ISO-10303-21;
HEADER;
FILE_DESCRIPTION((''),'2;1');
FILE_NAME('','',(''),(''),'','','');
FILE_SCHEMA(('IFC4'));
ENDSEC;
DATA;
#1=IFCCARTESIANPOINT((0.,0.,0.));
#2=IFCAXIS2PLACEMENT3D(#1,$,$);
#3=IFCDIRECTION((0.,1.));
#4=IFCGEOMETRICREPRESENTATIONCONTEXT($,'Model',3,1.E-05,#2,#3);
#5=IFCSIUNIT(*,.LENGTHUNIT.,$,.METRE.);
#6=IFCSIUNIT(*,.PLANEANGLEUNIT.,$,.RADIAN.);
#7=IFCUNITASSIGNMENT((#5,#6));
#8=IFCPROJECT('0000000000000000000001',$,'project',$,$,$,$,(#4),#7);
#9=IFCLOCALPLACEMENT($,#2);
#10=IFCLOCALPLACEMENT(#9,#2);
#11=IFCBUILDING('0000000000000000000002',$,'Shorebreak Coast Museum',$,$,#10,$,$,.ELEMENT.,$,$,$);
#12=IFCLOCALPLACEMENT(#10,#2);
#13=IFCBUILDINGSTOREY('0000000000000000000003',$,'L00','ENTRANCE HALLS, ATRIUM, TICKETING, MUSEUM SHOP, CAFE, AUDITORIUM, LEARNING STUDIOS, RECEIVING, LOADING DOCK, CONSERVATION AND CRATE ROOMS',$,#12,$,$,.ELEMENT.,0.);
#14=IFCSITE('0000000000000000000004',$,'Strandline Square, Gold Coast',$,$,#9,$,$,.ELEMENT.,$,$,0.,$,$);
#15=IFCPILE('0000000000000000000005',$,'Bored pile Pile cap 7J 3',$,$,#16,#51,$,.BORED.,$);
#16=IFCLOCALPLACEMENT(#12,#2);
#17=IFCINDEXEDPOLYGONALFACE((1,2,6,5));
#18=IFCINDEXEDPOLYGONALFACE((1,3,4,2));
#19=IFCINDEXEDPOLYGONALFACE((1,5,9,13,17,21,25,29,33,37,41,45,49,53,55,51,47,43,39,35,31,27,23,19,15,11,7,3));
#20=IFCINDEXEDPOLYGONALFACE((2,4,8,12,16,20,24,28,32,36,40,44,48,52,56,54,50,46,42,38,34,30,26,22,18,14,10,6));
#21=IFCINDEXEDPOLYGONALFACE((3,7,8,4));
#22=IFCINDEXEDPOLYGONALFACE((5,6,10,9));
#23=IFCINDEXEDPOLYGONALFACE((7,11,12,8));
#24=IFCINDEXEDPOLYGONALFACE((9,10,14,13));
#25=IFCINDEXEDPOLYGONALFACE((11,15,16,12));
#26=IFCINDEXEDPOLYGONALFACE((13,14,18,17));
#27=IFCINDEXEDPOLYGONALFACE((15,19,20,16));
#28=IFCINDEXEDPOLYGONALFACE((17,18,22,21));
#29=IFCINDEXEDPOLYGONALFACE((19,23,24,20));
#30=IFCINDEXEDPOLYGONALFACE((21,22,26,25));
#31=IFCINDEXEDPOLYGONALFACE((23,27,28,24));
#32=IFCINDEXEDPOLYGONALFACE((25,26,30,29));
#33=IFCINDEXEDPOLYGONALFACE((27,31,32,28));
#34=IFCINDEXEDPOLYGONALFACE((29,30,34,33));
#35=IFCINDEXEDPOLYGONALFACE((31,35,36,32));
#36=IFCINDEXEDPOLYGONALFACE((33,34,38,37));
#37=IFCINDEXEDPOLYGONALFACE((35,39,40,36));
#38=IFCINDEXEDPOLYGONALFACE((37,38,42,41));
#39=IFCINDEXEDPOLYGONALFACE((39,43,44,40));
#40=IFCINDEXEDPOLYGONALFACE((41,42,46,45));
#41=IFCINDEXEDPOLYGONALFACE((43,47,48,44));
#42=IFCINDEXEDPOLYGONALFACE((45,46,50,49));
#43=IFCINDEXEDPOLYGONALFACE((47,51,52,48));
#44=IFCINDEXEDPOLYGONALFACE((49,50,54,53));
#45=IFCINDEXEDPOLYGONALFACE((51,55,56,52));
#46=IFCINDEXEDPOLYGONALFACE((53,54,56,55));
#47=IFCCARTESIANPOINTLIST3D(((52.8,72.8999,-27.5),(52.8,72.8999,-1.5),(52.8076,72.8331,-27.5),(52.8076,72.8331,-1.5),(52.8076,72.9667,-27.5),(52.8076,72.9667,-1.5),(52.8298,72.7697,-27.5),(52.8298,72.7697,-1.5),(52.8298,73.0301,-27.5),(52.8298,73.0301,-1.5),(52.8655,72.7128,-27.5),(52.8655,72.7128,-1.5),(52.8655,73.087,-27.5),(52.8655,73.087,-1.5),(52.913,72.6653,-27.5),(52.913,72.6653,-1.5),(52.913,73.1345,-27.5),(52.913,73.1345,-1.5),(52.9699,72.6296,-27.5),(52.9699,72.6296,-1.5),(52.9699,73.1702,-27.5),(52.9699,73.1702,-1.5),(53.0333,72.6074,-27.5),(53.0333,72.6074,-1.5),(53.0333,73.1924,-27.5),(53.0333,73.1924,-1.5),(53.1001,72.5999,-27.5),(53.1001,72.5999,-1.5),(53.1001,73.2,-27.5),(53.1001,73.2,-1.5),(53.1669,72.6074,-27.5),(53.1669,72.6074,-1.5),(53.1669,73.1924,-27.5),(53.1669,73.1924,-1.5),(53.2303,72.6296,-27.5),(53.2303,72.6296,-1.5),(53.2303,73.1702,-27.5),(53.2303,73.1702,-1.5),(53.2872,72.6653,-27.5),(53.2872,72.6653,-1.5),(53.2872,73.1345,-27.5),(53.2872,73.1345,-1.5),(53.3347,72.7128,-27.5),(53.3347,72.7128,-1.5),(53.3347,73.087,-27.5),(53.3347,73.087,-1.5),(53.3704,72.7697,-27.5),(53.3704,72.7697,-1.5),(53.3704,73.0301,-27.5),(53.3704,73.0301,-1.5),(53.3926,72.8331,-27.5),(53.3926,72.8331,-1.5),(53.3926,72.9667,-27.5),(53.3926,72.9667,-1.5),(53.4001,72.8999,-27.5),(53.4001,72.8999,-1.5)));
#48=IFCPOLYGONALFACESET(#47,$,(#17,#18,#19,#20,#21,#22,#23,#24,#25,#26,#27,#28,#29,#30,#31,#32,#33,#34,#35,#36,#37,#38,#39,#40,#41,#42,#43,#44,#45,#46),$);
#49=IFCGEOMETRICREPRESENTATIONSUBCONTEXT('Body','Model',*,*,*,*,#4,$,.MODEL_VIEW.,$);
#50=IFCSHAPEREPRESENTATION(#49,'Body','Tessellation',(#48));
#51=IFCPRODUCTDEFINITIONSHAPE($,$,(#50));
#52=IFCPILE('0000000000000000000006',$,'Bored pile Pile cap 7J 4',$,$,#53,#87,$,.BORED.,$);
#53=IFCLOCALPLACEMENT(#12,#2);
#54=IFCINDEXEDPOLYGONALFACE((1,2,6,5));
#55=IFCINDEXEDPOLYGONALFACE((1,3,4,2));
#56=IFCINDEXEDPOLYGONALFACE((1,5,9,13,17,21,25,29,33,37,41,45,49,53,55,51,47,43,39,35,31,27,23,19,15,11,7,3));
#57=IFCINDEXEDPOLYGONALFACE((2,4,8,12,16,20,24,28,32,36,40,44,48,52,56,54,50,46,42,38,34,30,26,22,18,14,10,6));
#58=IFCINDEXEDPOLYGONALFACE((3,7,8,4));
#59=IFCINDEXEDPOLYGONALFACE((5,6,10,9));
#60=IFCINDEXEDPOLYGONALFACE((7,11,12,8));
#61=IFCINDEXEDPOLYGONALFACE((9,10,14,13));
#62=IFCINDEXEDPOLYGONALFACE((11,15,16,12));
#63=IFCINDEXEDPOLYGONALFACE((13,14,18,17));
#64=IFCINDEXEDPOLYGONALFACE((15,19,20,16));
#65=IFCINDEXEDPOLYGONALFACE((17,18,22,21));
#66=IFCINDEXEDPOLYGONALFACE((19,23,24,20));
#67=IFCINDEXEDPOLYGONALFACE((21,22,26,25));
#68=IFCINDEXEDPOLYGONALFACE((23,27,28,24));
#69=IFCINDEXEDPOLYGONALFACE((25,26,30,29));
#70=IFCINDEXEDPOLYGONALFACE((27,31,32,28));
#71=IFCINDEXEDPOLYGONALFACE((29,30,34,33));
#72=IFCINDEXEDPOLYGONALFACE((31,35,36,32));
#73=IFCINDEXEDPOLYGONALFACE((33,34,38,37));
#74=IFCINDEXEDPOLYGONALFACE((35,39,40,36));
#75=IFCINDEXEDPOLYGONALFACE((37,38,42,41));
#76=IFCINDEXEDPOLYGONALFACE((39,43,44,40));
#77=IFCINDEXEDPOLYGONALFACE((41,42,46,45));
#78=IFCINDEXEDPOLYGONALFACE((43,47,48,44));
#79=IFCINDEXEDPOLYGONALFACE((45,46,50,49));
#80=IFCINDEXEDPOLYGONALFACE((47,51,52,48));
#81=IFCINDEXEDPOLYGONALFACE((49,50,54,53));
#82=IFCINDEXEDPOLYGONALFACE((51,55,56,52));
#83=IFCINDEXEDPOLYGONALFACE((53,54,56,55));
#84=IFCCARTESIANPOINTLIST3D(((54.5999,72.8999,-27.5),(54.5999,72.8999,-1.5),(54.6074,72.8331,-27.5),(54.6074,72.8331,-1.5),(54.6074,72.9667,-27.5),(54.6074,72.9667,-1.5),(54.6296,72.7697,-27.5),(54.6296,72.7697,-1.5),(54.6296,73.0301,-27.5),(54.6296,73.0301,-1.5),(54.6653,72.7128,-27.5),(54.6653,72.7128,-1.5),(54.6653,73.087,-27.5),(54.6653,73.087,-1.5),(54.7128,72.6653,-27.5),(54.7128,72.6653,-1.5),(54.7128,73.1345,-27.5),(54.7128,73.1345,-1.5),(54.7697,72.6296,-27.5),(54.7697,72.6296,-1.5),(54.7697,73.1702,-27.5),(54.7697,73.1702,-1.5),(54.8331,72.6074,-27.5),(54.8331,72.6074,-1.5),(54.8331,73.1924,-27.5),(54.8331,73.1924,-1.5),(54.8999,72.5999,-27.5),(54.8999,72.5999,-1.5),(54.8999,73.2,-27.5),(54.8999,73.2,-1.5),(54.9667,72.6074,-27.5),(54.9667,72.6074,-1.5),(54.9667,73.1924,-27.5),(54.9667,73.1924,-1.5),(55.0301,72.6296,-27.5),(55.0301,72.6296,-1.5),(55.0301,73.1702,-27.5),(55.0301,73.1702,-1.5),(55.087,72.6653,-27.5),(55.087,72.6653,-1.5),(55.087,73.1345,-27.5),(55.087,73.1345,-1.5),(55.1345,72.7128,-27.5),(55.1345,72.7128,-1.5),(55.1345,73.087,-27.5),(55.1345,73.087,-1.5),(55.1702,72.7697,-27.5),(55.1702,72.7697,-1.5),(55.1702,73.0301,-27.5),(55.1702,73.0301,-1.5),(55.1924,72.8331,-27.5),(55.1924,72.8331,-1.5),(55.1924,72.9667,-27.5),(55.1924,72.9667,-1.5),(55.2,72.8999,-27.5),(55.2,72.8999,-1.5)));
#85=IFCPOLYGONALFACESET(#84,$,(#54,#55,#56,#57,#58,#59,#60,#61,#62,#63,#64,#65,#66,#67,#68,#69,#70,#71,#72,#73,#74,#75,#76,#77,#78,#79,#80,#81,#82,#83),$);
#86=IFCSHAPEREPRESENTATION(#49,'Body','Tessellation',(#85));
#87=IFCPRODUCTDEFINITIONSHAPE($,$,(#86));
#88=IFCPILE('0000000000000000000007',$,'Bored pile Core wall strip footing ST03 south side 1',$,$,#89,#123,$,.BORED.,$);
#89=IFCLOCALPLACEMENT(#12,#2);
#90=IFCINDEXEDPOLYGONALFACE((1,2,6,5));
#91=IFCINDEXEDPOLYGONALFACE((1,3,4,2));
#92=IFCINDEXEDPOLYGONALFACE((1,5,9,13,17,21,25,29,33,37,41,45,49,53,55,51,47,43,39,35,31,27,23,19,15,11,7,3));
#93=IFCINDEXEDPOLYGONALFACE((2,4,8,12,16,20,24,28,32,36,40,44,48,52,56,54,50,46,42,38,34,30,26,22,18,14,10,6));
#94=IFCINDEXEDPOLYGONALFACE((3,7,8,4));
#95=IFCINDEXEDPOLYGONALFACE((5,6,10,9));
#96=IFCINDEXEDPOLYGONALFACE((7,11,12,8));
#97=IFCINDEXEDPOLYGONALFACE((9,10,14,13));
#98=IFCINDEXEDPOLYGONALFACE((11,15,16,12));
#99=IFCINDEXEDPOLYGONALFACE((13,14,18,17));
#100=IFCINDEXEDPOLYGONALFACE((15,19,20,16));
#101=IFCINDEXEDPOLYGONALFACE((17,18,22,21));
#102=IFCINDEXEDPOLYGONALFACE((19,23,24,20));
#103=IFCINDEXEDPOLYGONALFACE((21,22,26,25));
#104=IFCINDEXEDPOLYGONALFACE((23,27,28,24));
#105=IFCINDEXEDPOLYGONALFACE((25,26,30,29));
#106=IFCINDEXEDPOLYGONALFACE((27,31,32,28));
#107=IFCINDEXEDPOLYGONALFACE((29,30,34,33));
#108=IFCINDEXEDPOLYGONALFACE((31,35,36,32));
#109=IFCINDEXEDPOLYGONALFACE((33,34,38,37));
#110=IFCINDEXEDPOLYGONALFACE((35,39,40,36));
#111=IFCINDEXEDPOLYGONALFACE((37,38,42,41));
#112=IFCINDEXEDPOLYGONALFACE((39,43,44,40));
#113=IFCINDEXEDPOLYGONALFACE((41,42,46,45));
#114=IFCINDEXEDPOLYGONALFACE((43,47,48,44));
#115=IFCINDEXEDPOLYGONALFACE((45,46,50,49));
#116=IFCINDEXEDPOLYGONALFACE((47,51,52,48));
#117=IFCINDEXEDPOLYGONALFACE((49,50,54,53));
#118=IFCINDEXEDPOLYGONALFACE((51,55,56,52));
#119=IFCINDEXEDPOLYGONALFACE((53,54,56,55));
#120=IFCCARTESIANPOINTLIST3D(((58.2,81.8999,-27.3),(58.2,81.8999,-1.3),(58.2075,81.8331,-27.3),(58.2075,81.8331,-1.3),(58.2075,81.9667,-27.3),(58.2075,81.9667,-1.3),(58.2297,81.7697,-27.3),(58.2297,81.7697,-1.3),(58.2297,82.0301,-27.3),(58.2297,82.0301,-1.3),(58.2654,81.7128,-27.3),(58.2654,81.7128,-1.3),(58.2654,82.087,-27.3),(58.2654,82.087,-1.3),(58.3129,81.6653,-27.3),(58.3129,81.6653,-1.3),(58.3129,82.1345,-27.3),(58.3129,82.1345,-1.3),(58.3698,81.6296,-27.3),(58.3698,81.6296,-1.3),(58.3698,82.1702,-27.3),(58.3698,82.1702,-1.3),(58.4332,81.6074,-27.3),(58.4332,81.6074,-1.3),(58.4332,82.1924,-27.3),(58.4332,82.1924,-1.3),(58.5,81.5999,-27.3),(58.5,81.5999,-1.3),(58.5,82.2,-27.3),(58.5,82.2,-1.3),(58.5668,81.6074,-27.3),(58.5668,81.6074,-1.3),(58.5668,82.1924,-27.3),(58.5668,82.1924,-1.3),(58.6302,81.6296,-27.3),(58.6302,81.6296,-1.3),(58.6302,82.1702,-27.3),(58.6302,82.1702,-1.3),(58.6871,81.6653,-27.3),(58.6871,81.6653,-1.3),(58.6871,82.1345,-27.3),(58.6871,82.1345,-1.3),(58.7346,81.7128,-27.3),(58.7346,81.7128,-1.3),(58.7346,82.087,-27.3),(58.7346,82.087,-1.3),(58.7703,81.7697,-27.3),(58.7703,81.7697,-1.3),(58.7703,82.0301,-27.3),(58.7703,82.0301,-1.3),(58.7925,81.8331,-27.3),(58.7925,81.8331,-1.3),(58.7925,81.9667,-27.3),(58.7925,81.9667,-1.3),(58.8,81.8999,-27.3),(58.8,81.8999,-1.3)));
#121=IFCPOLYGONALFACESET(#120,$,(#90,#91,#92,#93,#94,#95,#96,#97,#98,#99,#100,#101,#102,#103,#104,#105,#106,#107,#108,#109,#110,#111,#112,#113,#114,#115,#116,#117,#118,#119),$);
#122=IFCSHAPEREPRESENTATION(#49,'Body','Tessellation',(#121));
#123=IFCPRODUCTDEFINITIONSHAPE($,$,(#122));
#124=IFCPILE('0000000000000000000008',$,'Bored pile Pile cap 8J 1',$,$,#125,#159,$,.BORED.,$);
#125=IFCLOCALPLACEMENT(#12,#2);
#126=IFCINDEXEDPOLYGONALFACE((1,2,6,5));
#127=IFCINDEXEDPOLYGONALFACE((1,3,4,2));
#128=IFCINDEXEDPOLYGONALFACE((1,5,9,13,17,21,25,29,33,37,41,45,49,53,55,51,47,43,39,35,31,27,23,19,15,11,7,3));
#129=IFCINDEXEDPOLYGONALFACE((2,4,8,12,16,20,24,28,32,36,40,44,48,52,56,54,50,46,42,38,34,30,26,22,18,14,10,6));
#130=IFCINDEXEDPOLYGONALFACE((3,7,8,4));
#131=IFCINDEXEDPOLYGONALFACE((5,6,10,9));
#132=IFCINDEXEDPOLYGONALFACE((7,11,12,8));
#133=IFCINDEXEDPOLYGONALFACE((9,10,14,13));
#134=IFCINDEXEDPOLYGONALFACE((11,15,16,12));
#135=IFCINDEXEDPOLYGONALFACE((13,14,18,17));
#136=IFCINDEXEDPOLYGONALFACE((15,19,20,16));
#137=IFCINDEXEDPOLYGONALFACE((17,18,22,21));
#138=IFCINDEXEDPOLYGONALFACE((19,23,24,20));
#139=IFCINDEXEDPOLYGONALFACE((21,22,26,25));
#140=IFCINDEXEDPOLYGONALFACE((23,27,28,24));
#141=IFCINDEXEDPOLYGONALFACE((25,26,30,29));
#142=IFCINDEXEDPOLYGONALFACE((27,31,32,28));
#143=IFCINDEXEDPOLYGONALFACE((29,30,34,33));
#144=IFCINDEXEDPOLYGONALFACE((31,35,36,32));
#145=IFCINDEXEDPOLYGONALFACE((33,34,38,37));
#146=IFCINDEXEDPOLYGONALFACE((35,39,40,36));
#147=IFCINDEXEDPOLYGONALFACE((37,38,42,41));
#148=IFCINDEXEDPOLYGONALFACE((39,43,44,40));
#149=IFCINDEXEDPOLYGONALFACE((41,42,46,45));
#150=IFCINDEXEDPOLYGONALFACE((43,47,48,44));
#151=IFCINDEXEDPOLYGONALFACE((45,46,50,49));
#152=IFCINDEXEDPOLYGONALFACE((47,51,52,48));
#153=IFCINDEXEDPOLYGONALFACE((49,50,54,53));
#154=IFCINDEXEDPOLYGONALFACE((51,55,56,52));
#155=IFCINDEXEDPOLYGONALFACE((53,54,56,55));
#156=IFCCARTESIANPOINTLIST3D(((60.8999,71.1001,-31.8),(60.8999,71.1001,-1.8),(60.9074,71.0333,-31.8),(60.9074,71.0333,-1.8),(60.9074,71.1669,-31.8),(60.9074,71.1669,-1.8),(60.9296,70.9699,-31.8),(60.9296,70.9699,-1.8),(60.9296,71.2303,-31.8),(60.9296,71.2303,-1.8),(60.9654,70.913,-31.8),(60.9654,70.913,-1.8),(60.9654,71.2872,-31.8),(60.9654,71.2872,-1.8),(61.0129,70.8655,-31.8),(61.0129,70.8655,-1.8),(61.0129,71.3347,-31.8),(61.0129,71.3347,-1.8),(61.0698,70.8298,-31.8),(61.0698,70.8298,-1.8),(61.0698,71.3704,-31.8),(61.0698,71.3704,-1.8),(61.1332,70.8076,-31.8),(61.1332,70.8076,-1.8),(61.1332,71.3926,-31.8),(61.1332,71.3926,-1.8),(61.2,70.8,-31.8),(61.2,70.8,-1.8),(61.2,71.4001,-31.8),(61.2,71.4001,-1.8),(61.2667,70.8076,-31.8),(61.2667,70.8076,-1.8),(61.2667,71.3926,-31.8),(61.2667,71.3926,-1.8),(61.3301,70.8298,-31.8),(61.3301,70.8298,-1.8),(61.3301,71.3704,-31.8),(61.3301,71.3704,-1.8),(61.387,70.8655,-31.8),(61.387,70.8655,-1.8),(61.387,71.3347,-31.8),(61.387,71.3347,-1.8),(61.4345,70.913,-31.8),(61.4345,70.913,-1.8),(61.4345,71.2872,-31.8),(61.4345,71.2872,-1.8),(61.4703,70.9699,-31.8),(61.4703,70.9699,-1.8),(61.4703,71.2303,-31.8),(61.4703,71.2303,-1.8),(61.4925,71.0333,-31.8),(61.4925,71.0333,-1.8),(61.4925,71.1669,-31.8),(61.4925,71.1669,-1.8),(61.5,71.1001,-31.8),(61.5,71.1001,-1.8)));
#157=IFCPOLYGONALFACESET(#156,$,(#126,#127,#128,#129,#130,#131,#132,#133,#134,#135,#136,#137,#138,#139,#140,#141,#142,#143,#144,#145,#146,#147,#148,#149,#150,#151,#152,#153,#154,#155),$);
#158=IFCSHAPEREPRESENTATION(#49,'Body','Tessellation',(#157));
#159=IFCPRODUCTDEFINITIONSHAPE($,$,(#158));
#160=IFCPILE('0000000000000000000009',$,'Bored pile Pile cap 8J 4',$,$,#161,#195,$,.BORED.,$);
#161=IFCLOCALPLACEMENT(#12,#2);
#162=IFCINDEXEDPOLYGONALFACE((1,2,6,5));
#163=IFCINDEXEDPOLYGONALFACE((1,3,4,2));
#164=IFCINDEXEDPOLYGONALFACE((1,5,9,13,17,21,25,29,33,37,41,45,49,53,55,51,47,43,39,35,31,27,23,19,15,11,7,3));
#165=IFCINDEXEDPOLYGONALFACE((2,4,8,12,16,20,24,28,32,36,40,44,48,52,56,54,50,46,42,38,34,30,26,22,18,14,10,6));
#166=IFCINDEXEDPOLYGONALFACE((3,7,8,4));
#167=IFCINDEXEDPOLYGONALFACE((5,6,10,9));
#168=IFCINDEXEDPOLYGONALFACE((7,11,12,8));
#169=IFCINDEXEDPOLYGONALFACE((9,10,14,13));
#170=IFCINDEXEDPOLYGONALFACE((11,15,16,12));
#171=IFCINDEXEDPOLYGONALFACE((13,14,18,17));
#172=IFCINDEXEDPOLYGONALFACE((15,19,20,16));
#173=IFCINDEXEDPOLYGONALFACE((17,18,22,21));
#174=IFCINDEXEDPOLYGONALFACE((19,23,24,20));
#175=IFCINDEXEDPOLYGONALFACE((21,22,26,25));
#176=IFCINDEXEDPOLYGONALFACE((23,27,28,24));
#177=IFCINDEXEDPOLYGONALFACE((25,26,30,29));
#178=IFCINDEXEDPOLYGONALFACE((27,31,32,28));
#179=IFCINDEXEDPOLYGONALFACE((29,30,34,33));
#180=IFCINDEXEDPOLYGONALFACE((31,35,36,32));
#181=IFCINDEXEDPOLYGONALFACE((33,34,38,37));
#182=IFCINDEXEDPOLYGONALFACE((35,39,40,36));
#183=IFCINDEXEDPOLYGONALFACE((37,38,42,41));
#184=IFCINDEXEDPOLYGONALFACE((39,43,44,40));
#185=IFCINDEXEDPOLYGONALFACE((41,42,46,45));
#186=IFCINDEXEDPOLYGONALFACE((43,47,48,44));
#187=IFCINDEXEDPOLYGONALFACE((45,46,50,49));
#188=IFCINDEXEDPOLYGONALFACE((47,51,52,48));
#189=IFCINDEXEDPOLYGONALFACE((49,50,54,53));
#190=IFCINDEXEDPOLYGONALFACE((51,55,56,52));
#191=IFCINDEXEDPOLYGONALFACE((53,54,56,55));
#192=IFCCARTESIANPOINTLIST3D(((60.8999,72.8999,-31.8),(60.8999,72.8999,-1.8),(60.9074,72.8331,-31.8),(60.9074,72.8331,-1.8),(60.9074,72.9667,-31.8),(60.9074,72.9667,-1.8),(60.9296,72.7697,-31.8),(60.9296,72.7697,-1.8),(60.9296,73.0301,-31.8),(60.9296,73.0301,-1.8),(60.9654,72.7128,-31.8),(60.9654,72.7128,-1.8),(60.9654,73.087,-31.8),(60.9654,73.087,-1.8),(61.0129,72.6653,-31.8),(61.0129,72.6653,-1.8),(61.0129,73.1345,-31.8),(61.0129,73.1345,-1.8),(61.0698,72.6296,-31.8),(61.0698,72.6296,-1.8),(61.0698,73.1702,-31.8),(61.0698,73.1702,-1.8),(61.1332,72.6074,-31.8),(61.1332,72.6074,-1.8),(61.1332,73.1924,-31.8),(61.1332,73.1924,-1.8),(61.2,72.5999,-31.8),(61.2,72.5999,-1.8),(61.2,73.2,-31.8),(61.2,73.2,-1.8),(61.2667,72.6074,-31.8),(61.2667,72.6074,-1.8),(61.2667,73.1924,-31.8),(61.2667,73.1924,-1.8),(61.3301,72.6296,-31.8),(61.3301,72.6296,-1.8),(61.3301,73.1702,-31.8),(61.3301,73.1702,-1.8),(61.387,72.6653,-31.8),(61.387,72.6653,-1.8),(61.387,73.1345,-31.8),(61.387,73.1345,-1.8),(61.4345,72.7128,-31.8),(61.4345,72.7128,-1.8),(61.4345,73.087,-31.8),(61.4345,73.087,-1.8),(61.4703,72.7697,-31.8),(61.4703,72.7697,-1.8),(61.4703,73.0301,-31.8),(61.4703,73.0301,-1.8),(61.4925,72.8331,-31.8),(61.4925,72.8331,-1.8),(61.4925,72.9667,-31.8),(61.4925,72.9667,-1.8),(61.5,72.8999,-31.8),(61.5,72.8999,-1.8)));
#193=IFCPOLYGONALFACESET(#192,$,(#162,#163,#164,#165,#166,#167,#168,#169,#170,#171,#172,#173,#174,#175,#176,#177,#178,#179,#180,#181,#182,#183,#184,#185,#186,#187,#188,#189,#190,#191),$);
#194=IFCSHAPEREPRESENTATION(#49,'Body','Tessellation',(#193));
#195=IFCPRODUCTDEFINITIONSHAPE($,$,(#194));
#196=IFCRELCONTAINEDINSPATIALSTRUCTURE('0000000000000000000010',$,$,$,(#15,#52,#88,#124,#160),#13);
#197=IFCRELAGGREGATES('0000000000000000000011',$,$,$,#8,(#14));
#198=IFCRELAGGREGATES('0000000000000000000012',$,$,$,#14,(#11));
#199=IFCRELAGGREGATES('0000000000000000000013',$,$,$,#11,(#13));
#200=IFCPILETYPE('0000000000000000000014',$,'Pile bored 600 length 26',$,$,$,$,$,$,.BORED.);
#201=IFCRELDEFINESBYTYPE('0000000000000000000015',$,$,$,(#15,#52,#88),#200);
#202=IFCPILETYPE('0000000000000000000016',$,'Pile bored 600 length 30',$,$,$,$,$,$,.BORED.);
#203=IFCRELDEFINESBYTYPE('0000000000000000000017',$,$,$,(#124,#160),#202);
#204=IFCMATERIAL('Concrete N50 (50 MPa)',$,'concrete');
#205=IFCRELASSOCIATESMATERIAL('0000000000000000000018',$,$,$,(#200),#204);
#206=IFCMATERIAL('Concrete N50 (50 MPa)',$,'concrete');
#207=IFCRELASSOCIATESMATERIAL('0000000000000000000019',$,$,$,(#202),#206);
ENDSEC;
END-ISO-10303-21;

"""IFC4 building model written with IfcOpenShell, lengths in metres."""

from ifc_helpers import new_model, si_unit, direction, frame, origin, origin_2d, place, context, subcontext, project, spatial, circle, extrude, material, material_profile, profile_set, type_object, element, save


model = new_model("IFC4")

# Units and contexts
model_context = context("Model", 3, precision=1e-05, world=origin(), true_north=direction((0.0, 1.0)))
body_context = subcontext(model_context, "Body", "Model", "MODEL_VIEW")
ifc_project = project(units=[si_unit("LENGTHUNIT", "METRE"), si_unit("PLANEANGLEUNIT", "RADIAN")], contexts=[model_context])

# Site, building, storey
site_placement = place(None, origin())
site = spatial("IfcSite", under=ifc_project, at=site_placement, Name="Strandline Square, Gold Coast", CompositionType="ELEMENT", RefElevation=0.0)
building_placement = place(site_placement, origin())
building = spatial("IfcBuilding", under=site, at=building_placement, Name="Shorebreak Coast Museum", CompositionType="ELEMENT")
storey_placement = place(building_placement, origin())
storey = spatial("IfcBuildingStorey", under=building, at=storey_placement, Name="L00", Description="ENTRANCE HALLS, ATRIUM, TICKETING, MUSEUM SHOP, CAFE, AUDITORIUM, LEARNING STUDIOS, RECEIVING, LOADING DOCK, CONSERVATION AND CRATE ROOMS", CompositionType="ELEMENT", Elevation=0.0)

# Piles
ifc_material_1 = material(Name="Concrete N50 (50 MPa)", Category="concrete")
ifc_material_profile_1 = material_profile(ifc_material_1, circle(Radius=0.3, at=origin_2d()), Name="Pile bored 600 length 26")
ifc_profile_set_1 = profile_set([ifc_material_profile_1], Name="Concrete N50 (50 MPa)")
pile_type_1 = type_object("IfcPileType", Name="Pile bored 600 length 26", PredefinedType="BORED", material=ifc_profile_set_1)
for number, where, z_axis, x_axis, name in (
    (1, (53.1001, 72.8999, -1.5), (0.0, 0.0, -1.0), (1.0, 0.0, 0.0), "Bored pile Pile cap 7J 3"),
    (2, (54.8999, 72.8999, -1.5), (0.0, 0.0, -1.0), (1.0, 0.0, 0.0), "Bored pile Pile cap 7J 4"),
    (3, (58.5, 81.8999, -1.3), (0.0, 0.0, -1.0), (1.0, 0.0, 0.0), "Bored pile Core wall strip footing ST03 south side 1"),
):
    element("IfcPile", number, at=place(storey_placement, frame(where, z_axis=z_axis, x_axis=x_axis)), inside=storey, type_object=pile_type_1, Name=name, PredefinedType="BORED", context=body_context, shape_type="SweptSolid", body=[
        extrude(circle(Radius=0.3, at=origin_2d()), origin(), (0.0, 0.0, 1.0), 26.0),
    ])
ifc_material_2 = material(Name="Concrete N50 (50 MPa)", Category="concrete")
ifc_material_profile_2 = material_profile(ifc_material_2, circle(Radius=0.3, at=origin_2d()), Name="Pile bored 600 length 30")
ifc_profile_set_2 = profile_set([ifc_material_profile_2], Name="Concrete N50 (50 MPa)")
pile_type_2 = type_object("IfcPileType", Name="Pile bored 600 length 30", PredefinedType="BORED", material=ifc_profile_set_2)
for number, where, z_axis, x_axis, name in (
    (4, (61.2, 71.1001, -1.8), (0.0, 0.0, -1.0), (1.0, 0.0, 0.0), "Bored pile Pile cap 8J 1"),
    (5, (61.2, 72.8999, -1.8), (0.0, 0.0, -1.0), (1.0, 0.0, 0.0), "Bored pile Pile cap 8J 4"),
):
    element("IfcPile", number, at=place(storey_placement, frame(where, z_axis=z_axis, x_axis=x_axis)), inside=storey, type_object=pile_type_2, Name=name, PredefinedType="BORED", context=body_context, shape_type="SweptSolid", body=[
        extrude(circle(Radius=0.3, at=origin_2d()), origin(), (0.0, 0.0, 1.0), 30.0),
    ])

save(model, "model.ifc")
